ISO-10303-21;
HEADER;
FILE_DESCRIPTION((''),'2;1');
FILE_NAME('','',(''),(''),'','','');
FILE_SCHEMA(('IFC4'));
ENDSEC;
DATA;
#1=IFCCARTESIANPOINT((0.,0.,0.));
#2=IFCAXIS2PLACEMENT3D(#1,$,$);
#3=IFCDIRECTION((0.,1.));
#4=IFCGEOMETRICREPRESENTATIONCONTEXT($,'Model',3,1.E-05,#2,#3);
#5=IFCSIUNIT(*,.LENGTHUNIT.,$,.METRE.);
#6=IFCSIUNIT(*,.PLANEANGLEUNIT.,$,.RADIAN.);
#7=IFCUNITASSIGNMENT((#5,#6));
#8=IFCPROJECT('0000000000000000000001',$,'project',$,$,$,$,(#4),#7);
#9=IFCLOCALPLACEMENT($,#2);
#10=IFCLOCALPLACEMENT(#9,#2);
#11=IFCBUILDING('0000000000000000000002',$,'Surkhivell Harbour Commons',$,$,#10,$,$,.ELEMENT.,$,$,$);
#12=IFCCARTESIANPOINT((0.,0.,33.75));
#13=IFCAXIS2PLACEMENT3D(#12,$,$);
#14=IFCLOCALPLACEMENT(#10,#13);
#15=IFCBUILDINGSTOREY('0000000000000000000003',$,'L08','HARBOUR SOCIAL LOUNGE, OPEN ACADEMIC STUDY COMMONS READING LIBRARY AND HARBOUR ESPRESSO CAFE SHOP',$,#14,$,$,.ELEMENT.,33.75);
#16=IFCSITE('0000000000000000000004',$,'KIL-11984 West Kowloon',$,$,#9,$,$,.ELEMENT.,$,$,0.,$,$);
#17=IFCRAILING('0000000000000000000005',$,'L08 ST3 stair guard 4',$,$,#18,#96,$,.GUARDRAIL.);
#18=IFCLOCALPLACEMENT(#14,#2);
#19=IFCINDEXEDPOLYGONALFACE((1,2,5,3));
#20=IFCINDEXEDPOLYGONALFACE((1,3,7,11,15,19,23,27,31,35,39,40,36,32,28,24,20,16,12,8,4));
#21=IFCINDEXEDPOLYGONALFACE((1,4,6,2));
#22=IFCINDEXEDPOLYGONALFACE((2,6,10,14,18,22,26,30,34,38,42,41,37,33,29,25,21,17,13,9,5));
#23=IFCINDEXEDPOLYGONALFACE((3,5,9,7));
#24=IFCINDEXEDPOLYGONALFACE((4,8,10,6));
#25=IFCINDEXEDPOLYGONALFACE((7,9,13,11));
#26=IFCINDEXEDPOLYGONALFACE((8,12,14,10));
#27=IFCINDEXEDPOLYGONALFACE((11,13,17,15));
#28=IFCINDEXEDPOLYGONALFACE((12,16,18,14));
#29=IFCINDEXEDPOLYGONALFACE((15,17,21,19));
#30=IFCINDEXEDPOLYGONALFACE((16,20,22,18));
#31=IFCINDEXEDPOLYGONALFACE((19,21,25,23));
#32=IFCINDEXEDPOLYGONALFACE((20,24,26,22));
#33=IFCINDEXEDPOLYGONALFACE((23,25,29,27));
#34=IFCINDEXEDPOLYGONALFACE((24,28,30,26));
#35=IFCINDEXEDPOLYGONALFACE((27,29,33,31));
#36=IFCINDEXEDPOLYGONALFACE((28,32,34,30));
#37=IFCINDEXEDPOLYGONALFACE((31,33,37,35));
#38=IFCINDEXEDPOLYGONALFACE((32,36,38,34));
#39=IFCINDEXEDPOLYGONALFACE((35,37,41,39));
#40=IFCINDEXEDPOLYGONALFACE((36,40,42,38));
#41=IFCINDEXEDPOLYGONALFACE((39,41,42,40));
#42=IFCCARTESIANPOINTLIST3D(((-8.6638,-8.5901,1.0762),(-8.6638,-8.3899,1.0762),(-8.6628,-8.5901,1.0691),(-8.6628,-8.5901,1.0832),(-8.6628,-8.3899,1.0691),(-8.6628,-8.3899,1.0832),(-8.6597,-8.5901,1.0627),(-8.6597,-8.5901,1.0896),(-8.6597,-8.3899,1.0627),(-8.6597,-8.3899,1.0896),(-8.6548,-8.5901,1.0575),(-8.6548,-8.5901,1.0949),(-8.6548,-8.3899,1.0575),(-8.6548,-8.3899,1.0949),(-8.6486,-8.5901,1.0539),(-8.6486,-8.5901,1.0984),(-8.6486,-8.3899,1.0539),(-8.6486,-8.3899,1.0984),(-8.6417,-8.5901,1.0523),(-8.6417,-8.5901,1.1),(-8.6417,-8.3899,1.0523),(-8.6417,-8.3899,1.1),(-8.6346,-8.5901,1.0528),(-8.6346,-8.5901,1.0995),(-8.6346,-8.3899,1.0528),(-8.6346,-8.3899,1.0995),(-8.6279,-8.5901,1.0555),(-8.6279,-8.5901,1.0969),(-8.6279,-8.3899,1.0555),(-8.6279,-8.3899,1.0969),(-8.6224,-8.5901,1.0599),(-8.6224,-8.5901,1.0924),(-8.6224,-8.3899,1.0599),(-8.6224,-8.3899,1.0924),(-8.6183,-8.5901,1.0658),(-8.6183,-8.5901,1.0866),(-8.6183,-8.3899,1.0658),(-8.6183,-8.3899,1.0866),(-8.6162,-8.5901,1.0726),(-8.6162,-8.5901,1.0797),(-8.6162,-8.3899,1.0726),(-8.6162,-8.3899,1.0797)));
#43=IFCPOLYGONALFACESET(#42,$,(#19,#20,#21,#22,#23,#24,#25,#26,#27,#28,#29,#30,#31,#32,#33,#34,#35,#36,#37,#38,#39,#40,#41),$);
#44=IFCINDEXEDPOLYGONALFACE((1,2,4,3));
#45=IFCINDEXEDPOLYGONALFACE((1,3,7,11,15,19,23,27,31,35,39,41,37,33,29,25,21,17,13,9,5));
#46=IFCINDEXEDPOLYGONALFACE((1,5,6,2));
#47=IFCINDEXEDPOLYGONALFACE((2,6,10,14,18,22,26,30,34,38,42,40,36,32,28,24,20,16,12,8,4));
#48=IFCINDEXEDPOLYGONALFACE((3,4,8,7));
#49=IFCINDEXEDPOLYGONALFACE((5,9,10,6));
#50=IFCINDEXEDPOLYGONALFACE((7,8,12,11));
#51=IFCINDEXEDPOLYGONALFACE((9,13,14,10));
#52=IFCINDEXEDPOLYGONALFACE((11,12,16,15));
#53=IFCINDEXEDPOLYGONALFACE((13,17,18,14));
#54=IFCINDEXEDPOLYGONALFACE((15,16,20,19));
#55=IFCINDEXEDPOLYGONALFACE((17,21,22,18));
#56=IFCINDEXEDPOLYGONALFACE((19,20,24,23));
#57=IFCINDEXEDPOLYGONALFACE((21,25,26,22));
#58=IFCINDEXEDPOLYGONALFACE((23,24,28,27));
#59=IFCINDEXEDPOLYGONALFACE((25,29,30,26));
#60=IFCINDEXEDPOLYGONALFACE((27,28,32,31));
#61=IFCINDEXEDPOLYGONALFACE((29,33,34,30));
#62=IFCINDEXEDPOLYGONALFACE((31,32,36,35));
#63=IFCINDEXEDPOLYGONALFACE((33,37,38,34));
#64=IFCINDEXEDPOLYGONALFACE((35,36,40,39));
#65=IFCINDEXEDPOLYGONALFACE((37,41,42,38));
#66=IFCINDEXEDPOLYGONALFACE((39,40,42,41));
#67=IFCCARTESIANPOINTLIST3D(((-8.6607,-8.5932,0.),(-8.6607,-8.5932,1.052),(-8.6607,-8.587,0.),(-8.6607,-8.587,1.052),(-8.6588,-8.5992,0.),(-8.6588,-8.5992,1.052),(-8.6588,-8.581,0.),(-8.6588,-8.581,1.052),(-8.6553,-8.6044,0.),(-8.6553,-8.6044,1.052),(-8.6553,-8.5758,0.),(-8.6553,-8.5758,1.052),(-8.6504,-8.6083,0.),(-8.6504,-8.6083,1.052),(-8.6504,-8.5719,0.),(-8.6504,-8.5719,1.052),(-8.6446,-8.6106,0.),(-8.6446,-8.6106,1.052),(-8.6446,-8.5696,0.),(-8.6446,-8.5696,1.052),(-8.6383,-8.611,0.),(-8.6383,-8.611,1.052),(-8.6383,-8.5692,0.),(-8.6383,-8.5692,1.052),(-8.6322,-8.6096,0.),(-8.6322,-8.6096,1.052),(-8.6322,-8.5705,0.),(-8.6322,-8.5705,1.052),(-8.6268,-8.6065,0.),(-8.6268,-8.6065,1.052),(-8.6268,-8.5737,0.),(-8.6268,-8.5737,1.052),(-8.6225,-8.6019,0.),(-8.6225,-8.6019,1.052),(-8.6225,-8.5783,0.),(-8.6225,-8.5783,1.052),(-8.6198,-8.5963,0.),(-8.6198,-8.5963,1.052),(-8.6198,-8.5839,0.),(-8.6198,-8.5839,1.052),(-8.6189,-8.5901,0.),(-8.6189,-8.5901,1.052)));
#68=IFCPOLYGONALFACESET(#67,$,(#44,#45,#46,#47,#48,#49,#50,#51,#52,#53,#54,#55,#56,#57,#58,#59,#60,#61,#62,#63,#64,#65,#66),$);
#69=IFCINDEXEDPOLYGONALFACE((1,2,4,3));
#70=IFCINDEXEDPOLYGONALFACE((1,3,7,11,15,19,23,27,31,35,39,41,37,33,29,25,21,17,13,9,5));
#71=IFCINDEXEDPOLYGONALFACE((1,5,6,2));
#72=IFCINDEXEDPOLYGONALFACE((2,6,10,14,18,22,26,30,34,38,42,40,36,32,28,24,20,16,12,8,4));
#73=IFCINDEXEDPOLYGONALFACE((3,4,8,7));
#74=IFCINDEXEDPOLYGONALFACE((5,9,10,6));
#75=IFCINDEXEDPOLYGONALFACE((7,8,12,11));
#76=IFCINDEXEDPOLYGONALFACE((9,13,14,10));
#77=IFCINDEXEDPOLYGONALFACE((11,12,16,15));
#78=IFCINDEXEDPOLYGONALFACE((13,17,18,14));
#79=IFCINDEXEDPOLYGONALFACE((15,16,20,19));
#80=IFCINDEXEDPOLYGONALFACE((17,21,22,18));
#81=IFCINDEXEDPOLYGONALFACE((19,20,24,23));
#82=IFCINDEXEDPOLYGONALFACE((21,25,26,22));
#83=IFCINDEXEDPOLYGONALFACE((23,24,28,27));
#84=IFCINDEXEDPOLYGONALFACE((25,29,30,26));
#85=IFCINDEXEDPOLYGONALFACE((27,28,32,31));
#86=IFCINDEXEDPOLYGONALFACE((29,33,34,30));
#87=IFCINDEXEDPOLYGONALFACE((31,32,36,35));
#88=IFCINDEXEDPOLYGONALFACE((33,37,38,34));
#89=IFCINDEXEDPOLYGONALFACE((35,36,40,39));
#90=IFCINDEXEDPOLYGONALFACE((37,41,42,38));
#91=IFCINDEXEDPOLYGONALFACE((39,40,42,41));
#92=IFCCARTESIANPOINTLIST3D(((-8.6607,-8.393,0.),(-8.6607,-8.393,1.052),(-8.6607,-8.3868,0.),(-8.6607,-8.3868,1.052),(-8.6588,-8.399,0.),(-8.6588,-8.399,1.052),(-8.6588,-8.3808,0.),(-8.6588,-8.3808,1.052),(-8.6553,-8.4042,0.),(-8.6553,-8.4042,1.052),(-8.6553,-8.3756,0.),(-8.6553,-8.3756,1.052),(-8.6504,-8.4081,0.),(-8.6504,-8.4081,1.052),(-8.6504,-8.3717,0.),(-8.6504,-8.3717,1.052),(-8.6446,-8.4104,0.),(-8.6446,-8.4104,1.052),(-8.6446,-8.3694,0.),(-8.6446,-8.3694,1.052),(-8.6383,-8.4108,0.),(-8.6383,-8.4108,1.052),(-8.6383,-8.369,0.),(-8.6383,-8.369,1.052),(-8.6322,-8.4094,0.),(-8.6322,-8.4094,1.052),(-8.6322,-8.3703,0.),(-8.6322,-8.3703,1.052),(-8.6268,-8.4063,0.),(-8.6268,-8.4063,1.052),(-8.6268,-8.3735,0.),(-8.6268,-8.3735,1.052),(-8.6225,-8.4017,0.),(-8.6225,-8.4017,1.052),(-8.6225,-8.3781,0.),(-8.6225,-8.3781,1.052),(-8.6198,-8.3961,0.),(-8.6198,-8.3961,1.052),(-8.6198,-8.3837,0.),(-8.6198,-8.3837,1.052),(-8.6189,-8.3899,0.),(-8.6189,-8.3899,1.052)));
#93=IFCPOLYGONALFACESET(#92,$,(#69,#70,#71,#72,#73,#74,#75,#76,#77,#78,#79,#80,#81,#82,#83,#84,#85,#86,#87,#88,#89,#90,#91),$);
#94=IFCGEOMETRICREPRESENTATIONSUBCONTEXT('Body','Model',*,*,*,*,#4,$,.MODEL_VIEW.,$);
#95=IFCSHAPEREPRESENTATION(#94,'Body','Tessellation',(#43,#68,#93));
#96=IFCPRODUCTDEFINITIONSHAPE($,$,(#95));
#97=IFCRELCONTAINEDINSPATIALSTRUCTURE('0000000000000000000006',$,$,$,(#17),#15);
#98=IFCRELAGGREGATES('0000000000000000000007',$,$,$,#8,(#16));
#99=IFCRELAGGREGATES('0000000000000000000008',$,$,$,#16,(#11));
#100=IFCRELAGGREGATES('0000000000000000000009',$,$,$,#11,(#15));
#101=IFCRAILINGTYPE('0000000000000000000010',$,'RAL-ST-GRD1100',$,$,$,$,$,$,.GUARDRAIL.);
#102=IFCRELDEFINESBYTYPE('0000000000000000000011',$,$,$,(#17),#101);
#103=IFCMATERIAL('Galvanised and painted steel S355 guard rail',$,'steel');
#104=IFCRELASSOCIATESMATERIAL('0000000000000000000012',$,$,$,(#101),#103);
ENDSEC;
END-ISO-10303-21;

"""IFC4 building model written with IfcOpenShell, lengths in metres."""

from ifc_helpers import new_model, si_unit, direction, frame, origin, origin_2d, place, context, subcontext, project, spatial, circle, extrude, material, type_object, element, save


model = new_model("IFC4")

# Units and contexts
model_context = context("Model", 3, precision=1e-05, world=origin(), true_north=direction((0.0, 1.0)))
body_context = subcontext(model_context, "Body", "Model", "MODEL_VIEW")
ifc_project = project(units=[si_unit("LENGTHUNIT", "METRE"), si_unit("PLANEANGLEUNIT", "RADIAN")], contexts=[model_context])

# Site, building, storey
site_placement = place(None, origin())
site = spatial("IfcSite", under=ifc_project, at=site_placement, Name="KIL-11984 West Kowloon", CompositionType="ELEMENT", RefElevation=0.0)
building_placement = place(site_placement, origin())
building = spatial("IfcBuilding", under=site, at=building_placement, Name="Surkhivell Harbour Commons", CompositionType="ELEMENT")
storey_placement = place(building_placement, frame((0.0, 0.0, 33.75)))
storey = spatial("IfcBuildingStorey", under=building, at=storey_placement, Name="L08", Description="HARBOUR SOCIAL LOUNGE, OPEN ACADEMIC STUDY COMMONS READING LIBRARY AND HARBOUR ESPRESSO CAFE SHOP", CompositionType="ELEMENT", Elevation=33.75)

# Railing
ifc_material_1 = material(Name="Galvanised and painted steel S355 guard rail", Category="steel")
railing_type_1 = type_object("IfcRailingType", Name="RAL-ST-GRD1100", PredefinedType="GUARDRAIL", material=ifc_material_1)
railing_1_placement = place(storey_placement, frame((-8.6399, -8.5901, 0.0)))
element("IfcRailing", 1, at=railing_1_placement, inside=storey, type_object=railing_type_1, Name="L08 ST3 stair guard 4", PredefinedType="GUARDRAIL", context=body_context, shape_type="SweptSolid", body=[
    extrude(circle(Radius=0.0239, at=origin_2d()), frame((0.0, 0.0, 1.0762), z_axis=(0.0, 1.0, 0.0), x_axis=(-1.0, 0.0, 0.0)), (0.0, 0.0, 1.0), 0.2002),
    extrude(circle(Radius=0.021, at=origin_2d()), origin(), (0.0, 0.0, 1.0), 1.052),
    extrude(circle(Radius=0.021, at=origin_2d()), frame((0.0, 0.2002, 0.0)), (0.0, 0.0, 1.0), 1.052),
])

save(model, "model.ifc")
